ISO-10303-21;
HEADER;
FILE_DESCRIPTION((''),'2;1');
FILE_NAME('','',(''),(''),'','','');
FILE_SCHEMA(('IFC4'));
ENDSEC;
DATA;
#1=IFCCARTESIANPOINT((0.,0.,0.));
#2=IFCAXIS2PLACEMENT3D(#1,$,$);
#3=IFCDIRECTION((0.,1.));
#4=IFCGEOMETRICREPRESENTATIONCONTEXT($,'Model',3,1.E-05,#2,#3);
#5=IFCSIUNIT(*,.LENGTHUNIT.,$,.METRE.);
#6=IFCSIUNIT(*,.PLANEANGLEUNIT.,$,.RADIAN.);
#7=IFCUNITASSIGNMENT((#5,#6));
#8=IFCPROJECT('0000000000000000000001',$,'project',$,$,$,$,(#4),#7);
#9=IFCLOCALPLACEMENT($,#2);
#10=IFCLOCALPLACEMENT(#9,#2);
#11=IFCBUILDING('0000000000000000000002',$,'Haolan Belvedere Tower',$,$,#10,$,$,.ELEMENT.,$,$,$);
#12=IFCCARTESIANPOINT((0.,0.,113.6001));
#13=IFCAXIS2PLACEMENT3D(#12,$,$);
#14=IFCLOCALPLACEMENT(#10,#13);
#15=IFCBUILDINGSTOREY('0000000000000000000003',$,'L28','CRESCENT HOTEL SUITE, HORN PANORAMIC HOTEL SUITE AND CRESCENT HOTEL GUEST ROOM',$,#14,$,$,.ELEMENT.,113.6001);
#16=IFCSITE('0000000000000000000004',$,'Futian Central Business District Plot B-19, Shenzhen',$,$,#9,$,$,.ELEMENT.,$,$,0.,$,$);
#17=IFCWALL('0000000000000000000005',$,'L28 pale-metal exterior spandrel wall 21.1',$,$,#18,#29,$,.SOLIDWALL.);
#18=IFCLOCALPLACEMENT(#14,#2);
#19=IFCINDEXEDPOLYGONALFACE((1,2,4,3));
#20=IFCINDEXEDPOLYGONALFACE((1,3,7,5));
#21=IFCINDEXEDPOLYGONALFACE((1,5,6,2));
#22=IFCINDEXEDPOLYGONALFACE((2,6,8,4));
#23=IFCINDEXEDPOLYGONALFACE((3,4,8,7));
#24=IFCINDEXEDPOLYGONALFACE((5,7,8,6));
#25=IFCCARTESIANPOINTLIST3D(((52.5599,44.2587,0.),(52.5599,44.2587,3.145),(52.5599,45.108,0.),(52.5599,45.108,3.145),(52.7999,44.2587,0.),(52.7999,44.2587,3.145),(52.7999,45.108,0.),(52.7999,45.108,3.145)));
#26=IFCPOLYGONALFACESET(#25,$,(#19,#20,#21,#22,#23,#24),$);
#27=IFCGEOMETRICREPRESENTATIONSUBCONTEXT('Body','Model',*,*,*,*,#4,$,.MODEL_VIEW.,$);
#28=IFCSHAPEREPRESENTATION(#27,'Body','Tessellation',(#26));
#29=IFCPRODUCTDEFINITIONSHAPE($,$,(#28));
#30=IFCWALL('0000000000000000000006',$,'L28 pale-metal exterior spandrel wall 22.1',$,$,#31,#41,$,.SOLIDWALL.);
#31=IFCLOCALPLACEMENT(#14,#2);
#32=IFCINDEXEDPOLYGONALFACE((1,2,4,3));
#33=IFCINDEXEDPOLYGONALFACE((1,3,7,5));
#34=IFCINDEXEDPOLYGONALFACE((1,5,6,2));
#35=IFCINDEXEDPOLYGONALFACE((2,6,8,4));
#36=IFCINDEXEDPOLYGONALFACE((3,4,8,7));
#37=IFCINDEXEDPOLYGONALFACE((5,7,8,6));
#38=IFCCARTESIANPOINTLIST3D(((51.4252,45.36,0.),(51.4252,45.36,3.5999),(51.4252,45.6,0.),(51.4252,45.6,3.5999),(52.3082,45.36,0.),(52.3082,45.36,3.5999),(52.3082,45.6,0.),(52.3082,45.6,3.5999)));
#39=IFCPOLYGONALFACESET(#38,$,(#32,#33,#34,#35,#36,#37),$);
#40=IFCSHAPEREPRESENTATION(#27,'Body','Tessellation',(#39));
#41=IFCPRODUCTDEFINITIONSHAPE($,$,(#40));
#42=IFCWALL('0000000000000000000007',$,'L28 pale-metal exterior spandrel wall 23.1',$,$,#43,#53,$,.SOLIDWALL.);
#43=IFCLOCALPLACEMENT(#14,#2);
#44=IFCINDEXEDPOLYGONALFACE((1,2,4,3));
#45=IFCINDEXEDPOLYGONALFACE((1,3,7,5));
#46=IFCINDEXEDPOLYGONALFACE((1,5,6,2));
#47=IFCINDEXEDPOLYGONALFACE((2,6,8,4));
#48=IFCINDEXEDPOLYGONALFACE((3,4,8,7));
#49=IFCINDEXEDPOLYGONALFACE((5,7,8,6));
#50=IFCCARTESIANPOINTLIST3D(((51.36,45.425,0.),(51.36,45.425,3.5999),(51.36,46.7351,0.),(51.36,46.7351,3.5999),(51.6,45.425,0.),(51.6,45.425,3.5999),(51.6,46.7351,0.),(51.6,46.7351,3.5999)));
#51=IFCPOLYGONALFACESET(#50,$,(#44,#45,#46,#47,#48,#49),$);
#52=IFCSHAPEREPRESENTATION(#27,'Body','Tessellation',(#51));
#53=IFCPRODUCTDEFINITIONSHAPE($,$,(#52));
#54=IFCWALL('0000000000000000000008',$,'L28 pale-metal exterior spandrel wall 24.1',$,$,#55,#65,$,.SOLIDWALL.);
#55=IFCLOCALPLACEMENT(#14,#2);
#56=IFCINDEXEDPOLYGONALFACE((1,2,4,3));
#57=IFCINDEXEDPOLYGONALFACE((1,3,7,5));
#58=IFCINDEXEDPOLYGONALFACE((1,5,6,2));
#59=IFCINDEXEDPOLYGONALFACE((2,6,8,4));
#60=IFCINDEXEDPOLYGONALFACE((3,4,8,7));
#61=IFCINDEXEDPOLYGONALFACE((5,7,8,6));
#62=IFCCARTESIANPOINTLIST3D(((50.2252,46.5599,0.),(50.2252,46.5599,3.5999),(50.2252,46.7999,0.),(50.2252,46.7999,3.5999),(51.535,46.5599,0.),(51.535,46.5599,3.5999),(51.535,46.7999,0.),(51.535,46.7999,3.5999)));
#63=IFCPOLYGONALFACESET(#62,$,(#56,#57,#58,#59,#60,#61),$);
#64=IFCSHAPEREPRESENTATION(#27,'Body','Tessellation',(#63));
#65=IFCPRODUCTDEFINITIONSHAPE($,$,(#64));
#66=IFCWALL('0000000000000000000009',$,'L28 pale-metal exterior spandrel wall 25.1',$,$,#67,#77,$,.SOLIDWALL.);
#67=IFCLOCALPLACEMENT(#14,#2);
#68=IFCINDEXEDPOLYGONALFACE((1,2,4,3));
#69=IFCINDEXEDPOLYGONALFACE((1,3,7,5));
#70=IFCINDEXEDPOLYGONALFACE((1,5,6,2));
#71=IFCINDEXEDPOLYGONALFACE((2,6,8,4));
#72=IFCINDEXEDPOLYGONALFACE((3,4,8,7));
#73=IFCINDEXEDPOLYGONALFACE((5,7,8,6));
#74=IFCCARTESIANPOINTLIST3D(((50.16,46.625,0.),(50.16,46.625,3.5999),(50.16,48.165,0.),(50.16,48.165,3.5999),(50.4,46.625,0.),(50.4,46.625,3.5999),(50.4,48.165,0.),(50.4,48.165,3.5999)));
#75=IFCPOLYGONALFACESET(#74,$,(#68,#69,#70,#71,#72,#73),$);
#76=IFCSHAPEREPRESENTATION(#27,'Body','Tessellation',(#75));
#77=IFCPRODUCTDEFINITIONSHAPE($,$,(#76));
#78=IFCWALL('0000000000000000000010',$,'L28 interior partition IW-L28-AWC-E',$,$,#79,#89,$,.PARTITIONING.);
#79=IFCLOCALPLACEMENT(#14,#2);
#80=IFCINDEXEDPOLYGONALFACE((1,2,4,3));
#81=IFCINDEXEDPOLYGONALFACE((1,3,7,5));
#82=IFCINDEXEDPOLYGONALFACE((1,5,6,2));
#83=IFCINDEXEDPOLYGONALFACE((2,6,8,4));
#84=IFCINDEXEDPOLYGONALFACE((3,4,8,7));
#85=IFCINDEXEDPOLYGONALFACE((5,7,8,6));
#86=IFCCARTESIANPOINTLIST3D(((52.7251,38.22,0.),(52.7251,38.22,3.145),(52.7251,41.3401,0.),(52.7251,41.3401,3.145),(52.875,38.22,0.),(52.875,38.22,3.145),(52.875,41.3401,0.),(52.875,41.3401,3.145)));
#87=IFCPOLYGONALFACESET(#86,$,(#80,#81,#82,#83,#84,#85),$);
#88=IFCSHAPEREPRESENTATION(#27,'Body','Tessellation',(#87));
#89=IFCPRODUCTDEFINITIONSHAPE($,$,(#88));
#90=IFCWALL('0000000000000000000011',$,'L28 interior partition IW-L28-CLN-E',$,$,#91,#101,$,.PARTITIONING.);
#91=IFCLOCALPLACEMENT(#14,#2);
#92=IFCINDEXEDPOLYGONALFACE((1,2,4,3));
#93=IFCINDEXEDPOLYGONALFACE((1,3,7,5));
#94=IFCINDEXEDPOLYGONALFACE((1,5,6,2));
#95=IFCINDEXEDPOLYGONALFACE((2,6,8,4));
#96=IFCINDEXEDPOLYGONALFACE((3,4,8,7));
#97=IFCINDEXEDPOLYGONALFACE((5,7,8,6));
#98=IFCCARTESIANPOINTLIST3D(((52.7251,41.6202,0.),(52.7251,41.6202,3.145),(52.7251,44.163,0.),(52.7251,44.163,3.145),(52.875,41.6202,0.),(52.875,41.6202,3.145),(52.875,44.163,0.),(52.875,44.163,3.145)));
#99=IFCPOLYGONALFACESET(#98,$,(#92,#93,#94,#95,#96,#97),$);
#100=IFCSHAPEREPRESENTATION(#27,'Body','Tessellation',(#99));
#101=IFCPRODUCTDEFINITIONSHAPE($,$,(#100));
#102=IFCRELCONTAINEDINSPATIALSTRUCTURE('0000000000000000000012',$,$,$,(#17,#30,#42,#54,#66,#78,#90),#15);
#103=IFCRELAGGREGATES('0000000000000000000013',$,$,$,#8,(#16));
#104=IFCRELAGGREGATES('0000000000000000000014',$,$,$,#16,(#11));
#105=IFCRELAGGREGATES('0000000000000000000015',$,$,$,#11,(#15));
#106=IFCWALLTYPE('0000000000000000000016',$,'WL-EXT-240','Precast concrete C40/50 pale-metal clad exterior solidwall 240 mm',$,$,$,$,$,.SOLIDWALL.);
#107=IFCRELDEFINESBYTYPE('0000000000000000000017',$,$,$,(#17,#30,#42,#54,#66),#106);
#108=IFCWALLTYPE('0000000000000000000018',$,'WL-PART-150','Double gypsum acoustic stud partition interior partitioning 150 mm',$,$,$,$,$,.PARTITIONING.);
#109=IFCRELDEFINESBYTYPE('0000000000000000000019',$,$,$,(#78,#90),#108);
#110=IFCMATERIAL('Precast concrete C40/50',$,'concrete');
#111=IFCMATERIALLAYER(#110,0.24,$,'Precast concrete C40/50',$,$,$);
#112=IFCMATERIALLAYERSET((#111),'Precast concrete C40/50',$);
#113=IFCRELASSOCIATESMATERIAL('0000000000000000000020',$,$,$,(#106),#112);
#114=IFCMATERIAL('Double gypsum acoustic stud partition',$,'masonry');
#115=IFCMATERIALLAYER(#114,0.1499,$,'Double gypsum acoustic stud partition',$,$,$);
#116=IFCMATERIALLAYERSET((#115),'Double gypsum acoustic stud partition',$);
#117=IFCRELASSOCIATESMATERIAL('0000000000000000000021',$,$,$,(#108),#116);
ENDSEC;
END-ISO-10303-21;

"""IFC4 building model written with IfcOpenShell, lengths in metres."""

from ifc_helpers import new_model, si_unit, direction, frame, frame_2d, origin, place, context, subcontext, project, spatial, rectangle, extrude, material, layer, layer_set, type_object, element, save


model = new_model("IFC4")

# Units and contexts
model_context = context("Model", 3, precision=1e-05, world=origin(), true_north=direction((0.0, 1.0)))
body_context = subcontext(model_context, "Body", "Model", "MODEL_VIEW")
ifc_project = project(units=[si_unit("LENGTHUNIT", "METRE"), si_unit("PLANEANGLEUNIT", "RADIAN")], contexts=[model_context])

# Site, building, storey
site_placement = place(None, origin())
site = spatial("IfcSite", under=ifc_project, at=site_placement, Name="Futian Central Business District Plot B-19, Shenzhen", CompositionType="ELEMENT", RefElevation=0.0)
building_placement = place(site_placement, origin())
building = spatial("IfcBuilding", under=site, at=building_placement, Name="Haolan Belvedere Tower", CompositionType="ELEMENT")
storey_placement = place(building_placement, frame((0.0, 0.0, 113.6001)))
storey = spatial("IfcBuildingStorey", under=building, at=storey_placement, Name="L28", Description="CRESCENT HOTEL SUITE, HORN PANORAMIC HOTEL SUITE AND CRESCENT HOTEL GUEST ROOM", CompositionType="ELEMENT", Elevation=113.6001)

# Shared definitions
ifc_material_1 = material(Name="Precast concrete C40/50", Category="concrete")
ifc_layer_1 = layer(ifc_material_1, 0.24, Name="Precast concrete C40/50")
ifc_layer_set_1 = layer_set([ifc_layer_1], Name="Precast concrete C40/50")
wall_type_1 = type_object("IfcWallType", Name="WL-EXT-240", Description="Precast concrete C40/50 pale-metal clad exterior solidwall 240 mm", PredefinedType="SOLIDWALL", material=ifc_layer_set_1)

# Walls
wall_1_placement = place(storey_placement, frame((52.6799, 44.2585, 0.0), z_axis=(0.0, 0.0, 1.0), x_axis=(0.0, 1.0, 0.0)))
element("IfcWall", 1, at=wall_1_placement, inside=storey, type_object=wall_type_1, Name="L28 pale-metal exterior spandrel wall 21.1", PredefinedType="SOLIDWALL", context=body_context, shape_type="SweptSolid", body=[
    extrude(rectangle(XDim=0.8494, YDim=0.24, at=frame_2d((0.4248, 0.0))), origin(), (0.0, 0.0, 1.0), 3.145),
])
wall_2_placement = place(storey_placement, frame((52.3081, 45.48, 0.0), z_axis=(0.0, 0.0, 1.0), x_axis=(-1.0, 0.0, 0.0)))
element("IfcWall", 2, at=wall_2_placement, inside=storey, type_object=wall_type_1, Name="L28 pale-metal exterior spandrel wall 22.1", PredefinedType="SOLIDWALL", context=body_context, shape_type="SweptSolid", body=[
    extrude(rectangle(XDim=0.8831, YDim=0.24, at=frame_2d((0.4414, 0.0))), origin(), (0.0, 0.0, 1.0), 3.5999),
])
wall_3_placement = place(storey_placement, frame((51.48, 45.425, 0.0), z_axis=(0.0, 0.0, 1.0), x_axis=(0.0, 1.0, 0.0)))
element("IfcWall", 3, at=wall_3_placement, inside=storey, type_object=wall_type_1, Name="L28 pale-metal exterior spandrel wall 23.1", PredefinedType="SOLIDWALL", context=body_context, shape_type="SweptSolid", body=[
    extrude(rectangle(XDim=1.3101, YDim=0.24, at=frame_2d((0.655, 0.0))), origin(), (0.0, 0.0, 1.0), 3.5999),
])
wall_4_placement = place(storey_placement, frame((51.5349, 46.6799, 0.0), z_axis=(0.0, 0.0, 1.0), x_axis=(-1.0, 0.0, 0.0)))
element("IfcWall", 4, at=wall_4_placement, inside=storey, type_object=wall_type_1, Name="L28 pale-metal exterior spandrel wall 24.1", PredefinedType="SOLIDWALL", context=body_context, shape_type="SweptSolid", body=[
    extrude(rectangle(XDim=1.3098, YDim=0.24, at=frame_2d((0.6548, 0.0))), origin(), (0.0, 0.0, 1.0), 3.5999),
])
wall_5_placement = place(storey_placement, frame((50.28, 46.625, 0.0), z_axis=(0.0, 0.0, 1.0), x_axis=(0.0, 1.0, 0.0)))
element("IfcWall", 5, at=wall_5_placement, inside=storey, type_object=wall_type_1, Name="L28 pale-metal exterior spandrel wall 25.1", PredefinedType="SOLIDWALL", context=body_context, shape_type="SweptSolid", body=[
    extrude(rectangle(XDim=1.54, YDim=0.24, at=frame_2d((0.77, 0.0))), origin(), (0.0, 0.0, 1.0), 3.5999),
])
ifc_material_2 = material(Name="Double gypsum acoustic stud partition", Category="masonry")
ifc_layer_2 = layer(ifc_material_2, 0.1499, Name="Double gypsum acoustic stud partition")
ifc_layer_set_2 = layer_set([ifc_layer_2], Name="Double gypsum acoustic stud partition")
wall_type_2 = type_object("IfcWallType", Name="WL-PART-150", Description="Double gypsum acoustic stud partition interior partitioning 150 mm", PredefinedType="PARTITIONING", material=ifc_layer_set_2)
wall_6_placement = place(storey_placement, frame((52.8, 38.22, 0.0), z_axis=(0.0, 0.0, 1.0), x_axis=(0.0, 1.0, 0.0)))
element("IfcWall", 6, at=wall_6_placement, inside=storey, type_object=wall_type_2, Name="L28 interior partition IW-L28-AWC-E", PredefinedType="PARTITIONING", context=body_context, shape_type="SweptSolid", body=[
    extrude(rectangle(XDim=3.1201, YDim=0.1499, at=frame_2d((1.5601, 0.0))), origin(), (0.0, 0.0, 1.0), 3.145),
])
wall_7_placement = place(storey_placement, frame((52.8, 41.6201, 0.0), z_axis=(0.0, 0.0, 1.0), x_axis=(0.0, 1.0, 0.0)))
element("IfcWall", 7, at=wall_7_placement, inside=storey, type_object=wall_type_2, Name="L28 interior partition IW-L28-CLN-E", PredefinedType="PARTITIONING", context=body_context, shape_type="SweptSolid", body=[
    extrude(rectangle(XDim=2.5427, YDim=0.1499, at=frame_2d((1.2715, 0.0))), origin(), (0.0, 0.0, 1.0), 3.145),
])

save(model, "model.ifc")
